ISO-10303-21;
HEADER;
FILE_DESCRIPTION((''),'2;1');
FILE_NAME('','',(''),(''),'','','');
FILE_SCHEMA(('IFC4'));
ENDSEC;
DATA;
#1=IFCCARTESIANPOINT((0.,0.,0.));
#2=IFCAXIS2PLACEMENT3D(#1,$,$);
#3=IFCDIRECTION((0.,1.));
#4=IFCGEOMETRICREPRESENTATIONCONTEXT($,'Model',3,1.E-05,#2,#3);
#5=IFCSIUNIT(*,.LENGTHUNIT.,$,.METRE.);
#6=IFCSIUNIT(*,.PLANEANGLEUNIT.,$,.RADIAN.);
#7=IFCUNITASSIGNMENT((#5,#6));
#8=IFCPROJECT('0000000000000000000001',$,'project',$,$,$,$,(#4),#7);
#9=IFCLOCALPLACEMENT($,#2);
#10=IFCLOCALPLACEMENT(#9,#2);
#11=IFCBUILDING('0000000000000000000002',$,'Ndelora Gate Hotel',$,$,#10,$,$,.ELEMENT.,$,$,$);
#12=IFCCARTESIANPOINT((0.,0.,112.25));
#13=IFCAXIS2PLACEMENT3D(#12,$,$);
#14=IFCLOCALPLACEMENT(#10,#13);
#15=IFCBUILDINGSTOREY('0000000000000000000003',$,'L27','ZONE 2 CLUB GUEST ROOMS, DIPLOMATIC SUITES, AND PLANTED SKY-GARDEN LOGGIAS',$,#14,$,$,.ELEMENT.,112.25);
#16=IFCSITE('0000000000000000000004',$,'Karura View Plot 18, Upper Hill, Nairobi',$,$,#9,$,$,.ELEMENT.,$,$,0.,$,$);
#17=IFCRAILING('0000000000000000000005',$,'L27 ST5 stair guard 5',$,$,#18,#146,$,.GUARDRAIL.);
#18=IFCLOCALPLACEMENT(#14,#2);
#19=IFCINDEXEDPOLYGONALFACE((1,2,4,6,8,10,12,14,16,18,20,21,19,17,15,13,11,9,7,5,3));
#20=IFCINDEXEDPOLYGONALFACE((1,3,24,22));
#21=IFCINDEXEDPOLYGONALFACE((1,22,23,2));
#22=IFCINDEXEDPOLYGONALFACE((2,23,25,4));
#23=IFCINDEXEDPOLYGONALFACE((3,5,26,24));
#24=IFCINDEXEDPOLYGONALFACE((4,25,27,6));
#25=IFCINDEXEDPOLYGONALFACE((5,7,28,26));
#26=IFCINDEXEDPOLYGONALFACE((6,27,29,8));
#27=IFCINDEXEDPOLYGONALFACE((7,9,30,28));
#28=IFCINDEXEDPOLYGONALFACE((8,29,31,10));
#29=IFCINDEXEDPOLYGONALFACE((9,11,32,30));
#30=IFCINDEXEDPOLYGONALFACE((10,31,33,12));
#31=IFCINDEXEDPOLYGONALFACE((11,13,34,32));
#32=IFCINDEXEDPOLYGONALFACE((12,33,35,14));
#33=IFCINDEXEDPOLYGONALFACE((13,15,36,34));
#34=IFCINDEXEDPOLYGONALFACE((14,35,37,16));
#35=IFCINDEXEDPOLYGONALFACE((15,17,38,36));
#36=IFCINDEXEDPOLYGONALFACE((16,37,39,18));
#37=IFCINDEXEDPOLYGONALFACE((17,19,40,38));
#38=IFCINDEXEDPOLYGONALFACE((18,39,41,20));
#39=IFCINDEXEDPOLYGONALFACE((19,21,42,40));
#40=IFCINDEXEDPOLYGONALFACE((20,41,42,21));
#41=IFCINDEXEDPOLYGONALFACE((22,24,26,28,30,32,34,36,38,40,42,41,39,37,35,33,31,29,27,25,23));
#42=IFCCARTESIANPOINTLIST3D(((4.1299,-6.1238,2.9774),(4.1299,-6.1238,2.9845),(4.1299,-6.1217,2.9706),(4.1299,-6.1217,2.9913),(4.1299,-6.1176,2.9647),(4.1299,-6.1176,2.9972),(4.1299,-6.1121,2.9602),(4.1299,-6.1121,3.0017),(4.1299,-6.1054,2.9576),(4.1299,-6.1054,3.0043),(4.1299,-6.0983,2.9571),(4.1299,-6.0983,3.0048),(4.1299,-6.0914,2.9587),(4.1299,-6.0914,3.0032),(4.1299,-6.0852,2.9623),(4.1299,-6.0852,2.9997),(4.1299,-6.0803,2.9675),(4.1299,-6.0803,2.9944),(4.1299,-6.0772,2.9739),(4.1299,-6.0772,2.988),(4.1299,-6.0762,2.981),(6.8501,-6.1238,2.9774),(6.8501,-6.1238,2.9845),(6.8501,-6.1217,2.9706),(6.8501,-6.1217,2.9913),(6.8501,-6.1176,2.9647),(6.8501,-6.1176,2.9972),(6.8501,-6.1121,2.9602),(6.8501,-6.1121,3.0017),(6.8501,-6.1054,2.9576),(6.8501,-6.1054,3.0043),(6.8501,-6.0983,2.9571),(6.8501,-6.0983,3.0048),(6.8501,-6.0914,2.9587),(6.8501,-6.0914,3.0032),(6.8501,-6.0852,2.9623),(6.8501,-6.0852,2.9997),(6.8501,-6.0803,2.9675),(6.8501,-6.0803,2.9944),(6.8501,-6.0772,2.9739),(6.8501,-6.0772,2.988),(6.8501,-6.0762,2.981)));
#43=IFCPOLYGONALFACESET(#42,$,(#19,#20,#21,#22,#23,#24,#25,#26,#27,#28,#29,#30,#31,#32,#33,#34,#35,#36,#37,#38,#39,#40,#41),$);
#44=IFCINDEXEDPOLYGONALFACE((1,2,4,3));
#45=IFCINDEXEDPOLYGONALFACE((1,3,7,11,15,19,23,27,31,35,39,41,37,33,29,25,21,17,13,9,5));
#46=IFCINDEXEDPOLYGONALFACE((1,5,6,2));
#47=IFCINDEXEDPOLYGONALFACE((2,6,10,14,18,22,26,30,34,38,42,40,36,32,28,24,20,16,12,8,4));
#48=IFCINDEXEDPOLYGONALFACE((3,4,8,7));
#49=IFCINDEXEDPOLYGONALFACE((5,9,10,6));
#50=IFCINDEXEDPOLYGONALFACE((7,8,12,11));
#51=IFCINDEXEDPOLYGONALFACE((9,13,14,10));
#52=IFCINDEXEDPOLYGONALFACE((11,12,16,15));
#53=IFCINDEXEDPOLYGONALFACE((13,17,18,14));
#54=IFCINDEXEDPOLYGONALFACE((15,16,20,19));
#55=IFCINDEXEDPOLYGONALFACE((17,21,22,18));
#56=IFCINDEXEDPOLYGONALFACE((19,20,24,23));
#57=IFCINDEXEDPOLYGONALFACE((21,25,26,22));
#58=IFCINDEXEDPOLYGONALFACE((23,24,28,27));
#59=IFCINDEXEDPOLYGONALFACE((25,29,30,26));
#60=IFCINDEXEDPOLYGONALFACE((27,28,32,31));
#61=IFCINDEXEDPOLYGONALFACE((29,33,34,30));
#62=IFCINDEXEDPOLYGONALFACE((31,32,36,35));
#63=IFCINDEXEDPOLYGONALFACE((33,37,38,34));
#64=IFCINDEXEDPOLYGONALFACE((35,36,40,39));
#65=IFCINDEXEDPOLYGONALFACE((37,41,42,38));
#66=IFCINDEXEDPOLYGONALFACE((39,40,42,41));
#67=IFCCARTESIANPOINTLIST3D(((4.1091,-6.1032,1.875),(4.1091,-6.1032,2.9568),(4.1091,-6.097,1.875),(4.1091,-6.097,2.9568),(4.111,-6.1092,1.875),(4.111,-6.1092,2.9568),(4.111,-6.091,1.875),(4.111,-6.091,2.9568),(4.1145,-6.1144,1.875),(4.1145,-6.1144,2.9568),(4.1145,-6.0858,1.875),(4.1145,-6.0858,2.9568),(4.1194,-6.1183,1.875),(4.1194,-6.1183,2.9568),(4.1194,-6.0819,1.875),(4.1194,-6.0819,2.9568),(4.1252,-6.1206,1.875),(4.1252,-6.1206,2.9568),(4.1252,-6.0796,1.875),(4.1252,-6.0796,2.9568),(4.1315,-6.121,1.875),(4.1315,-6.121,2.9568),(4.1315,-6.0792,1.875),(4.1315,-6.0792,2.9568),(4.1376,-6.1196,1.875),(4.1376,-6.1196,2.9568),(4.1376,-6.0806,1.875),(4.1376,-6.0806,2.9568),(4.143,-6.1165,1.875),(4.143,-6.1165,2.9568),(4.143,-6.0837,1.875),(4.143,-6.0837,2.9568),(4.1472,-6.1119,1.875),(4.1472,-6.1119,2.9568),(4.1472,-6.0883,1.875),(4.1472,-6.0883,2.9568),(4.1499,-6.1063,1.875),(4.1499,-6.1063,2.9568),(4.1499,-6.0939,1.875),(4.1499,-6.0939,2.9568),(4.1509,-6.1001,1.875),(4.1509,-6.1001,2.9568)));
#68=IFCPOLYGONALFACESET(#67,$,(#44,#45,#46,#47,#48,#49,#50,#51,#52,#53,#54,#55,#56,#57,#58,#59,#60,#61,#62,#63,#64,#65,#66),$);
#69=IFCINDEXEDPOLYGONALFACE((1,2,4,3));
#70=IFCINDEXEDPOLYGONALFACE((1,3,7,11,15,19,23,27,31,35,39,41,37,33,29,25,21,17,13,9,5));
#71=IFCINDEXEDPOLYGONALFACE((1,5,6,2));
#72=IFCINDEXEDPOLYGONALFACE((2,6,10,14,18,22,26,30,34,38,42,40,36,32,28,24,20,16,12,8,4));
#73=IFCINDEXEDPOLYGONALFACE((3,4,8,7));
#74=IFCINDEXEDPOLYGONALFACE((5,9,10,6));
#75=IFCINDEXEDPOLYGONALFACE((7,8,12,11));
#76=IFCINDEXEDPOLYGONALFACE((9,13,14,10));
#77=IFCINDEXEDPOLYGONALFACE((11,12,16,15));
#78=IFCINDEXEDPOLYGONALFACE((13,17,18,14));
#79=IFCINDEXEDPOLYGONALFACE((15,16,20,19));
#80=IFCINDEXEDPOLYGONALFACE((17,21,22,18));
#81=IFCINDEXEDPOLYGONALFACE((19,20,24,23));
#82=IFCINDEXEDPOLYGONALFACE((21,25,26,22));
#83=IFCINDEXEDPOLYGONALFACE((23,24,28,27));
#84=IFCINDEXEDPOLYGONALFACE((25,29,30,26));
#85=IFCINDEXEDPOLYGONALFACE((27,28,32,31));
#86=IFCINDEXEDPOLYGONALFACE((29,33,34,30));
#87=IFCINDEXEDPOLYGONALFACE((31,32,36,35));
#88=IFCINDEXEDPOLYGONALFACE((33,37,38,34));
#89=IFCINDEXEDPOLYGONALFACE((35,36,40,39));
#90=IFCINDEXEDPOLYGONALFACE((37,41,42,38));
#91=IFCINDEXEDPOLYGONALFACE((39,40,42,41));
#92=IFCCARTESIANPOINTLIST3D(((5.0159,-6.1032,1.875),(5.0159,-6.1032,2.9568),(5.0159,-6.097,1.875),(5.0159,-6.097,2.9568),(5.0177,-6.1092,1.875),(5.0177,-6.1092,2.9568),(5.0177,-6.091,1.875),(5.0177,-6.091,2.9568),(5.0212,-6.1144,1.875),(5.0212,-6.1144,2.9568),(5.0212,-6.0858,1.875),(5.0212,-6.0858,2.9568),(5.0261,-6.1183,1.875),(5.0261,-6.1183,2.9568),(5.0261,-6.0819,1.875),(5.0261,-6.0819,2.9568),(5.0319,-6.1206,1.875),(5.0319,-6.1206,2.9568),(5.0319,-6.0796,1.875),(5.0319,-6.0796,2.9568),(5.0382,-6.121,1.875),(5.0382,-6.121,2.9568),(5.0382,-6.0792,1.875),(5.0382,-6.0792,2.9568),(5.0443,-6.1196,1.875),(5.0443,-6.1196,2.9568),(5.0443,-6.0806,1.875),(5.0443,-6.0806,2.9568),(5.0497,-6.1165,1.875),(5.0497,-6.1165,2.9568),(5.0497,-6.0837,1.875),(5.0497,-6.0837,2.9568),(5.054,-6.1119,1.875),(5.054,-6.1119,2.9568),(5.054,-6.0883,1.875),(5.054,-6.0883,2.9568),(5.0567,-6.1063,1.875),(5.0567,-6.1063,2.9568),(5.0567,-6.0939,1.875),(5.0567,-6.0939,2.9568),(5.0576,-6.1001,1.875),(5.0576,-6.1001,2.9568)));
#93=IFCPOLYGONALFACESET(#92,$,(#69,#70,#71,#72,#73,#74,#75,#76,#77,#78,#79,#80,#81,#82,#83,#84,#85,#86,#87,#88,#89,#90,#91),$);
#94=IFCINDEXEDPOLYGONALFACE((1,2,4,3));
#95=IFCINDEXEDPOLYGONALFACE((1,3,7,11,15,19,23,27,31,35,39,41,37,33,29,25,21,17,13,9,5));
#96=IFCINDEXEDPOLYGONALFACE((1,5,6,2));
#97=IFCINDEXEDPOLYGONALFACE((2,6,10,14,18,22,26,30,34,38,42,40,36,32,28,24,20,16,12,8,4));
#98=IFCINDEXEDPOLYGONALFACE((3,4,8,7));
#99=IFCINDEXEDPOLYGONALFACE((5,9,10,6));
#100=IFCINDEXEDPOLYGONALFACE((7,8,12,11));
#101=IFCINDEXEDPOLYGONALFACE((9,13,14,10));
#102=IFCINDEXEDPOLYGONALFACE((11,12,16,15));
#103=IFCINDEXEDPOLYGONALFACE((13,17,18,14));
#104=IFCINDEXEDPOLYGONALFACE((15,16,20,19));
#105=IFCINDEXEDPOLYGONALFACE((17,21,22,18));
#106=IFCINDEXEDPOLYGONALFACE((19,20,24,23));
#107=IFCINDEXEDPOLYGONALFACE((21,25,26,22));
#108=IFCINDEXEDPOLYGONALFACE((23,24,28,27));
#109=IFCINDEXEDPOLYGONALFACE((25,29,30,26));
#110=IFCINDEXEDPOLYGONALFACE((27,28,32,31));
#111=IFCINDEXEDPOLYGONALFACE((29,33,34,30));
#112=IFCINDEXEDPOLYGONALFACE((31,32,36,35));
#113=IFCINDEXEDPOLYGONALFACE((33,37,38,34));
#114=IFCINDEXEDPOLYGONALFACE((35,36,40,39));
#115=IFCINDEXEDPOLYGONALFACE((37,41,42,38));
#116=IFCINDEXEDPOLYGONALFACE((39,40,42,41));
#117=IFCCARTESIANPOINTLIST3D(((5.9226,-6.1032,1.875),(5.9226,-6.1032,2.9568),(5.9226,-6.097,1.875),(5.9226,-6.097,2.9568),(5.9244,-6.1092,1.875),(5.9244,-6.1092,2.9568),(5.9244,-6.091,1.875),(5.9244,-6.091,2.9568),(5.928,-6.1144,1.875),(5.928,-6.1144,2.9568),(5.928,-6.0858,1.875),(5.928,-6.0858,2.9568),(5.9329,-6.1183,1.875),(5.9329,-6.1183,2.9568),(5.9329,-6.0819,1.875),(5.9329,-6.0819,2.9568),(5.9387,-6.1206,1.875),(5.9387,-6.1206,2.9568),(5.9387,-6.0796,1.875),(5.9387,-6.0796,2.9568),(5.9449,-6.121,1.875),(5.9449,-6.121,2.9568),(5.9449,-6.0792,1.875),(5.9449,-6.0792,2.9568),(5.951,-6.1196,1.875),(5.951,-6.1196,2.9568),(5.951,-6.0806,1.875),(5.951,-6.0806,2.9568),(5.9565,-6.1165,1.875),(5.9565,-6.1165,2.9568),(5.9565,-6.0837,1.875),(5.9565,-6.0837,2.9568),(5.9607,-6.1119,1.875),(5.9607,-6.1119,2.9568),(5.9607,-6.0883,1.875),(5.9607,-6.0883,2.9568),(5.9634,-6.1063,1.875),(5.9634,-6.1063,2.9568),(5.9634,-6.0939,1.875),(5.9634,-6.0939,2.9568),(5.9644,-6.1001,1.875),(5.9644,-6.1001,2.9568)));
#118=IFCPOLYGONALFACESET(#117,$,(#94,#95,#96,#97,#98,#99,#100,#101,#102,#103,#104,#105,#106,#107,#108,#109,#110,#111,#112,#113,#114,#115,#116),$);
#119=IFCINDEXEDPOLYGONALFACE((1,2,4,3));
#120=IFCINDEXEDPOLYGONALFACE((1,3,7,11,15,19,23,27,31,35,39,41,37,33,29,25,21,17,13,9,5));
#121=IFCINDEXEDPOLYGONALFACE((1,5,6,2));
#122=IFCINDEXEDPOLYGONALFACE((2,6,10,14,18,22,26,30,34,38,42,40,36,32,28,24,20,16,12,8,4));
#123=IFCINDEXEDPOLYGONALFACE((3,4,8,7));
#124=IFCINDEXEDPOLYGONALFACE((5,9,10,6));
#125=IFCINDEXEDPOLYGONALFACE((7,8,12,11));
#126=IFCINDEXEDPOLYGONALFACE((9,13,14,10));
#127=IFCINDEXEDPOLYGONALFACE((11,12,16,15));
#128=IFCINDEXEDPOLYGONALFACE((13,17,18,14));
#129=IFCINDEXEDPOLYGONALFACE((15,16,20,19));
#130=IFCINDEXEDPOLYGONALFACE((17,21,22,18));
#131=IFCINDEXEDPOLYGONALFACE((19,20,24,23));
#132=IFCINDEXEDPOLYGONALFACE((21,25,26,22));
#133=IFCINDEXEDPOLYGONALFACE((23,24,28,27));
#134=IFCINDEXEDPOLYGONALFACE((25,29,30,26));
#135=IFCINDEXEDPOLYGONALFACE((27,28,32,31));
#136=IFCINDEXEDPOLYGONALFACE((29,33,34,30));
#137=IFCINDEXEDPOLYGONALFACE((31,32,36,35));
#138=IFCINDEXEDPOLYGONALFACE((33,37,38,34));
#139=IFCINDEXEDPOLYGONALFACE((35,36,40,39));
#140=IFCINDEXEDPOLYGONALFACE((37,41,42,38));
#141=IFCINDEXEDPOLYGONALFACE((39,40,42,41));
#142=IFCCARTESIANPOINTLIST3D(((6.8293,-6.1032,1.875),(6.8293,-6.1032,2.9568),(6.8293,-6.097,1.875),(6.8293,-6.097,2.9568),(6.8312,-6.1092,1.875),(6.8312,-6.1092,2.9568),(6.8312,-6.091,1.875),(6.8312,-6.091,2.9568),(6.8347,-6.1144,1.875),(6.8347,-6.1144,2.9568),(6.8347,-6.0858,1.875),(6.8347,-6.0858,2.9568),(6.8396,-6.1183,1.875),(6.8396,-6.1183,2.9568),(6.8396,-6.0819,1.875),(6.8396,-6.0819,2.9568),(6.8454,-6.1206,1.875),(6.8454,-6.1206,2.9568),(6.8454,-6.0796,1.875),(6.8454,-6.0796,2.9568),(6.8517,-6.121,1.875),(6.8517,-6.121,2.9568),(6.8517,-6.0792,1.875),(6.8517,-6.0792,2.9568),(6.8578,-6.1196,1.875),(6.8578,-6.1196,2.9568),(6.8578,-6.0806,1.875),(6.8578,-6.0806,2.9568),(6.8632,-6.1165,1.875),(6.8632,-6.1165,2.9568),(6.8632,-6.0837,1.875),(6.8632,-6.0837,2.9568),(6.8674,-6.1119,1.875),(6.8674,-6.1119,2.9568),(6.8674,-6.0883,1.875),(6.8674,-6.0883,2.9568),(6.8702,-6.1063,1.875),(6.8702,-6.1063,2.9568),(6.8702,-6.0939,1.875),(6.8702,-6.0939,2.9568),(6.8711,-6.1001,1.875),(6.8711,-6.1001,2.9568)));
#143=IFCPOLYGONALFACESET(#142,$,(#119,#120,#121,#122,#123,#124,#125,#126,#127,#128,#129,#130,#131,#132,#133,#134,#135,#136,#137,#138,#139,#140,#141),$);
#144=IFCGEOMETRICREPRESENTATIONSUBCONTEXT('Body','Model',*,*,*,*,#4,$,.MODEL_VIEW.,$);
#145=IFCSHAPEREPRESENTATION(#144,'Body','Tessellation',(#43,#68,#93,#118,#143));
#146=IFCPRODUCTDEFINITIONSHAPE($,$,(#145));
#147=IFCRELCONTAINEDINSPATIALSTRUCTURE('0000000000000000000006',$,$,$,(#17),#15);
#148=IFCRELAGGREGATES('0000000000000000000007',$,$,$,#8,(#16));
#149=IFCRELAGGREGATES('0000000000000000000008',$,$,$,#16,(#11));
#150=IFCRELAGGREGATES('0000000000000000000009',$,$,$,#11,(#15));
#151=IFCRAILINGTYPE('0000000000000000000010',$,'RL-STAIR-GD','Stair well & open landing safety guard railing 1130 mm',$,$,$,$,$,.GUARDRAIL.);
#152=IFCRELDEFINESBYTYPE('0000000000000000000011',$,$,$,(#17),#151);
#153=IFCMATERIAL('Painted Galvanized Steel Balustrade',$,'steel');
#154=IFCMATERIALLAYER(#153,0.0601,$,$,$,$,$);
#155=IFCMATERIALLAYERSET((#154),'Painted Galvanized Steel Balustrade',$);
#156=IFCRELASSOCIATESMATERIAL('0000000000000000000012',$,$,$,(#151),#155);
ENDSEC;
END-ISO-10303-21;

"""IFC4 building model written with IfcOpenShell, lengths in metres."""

from ifc_helpers import new_model, si_unit, direction, frame, origin, origin_2d, place, context, subcontext, project, spatial, circle, extrude, material, layer, layer_set, type_object, element, save


model = new_model("IFC4")

# Units and contexts
model_context = context("Model", 3, precision=1e-05, world=origin(), true_north=direction((0.0, 1.0)))
body_context = subcontext(model_context, "Body", "Model", "MODEL_VIEW")
ifc_project = project(units=[si_unit("LENGTHUNIT", "METRE"), si_unit("PLANEANGLEUNIT", "RADIAN")], contexts=[model_context])

# Site, building, storey
site_placement = place(None, origin())
site = spatial("IfcSite", under=ifc_project, at=site_placement, Name="Karura View Plot 18, Upper Hill, Nairobi", CompositionType="ELEMENT", RefElevation=0.0)
building_placement = place(site_placement, origin())
building = spatial("IfcBuilding", under=site, at=building_placement, Name="Ndelora Gate Hotel", CompositionType="ELEMENT")
storey_placement = place(building_placement, frame((0.0, 0.0, 112.25)))
storey = spatial("IfcBuildingStorey", under=building, at=storey_placement, Name="L27", Description="ZONE 2 CLUB GUEST ROOMS, DIPLOMATIC SUITES, AND PLANTED SKY-GARDEN LOGGIAS", CompositionType="ELEMENT", Elevation=112.25)

# Railing
ifc_material_1 = material(Name="Painted Galvanized Steel Balustrade", Category="steel")
ifc_layer_1 = layer(ifc_material_1, 0.0601)
ifc_layer_set_1 = layer_set([ifc_layer_1], Name="Painted Galvanized Steel Balustrade")
railing_type_1 = type_object("IfcRailingType", Name="RL-STAIR-GD", Description="Stair well & open landing safety guard railing 1130 mm", PredefinedType="GUARDRAIL", material=ifc_layer_set_1)
railing_1_placement = place(storey_placement, frame((4.1299, -6.1001, 1.875)))
element("IfcRailing", 1, at=railing_1_placement, inside=storey, type_object=railing_type_1, Name="L27 ST5 stair guard 5", PredefinedType="GUARDRAIL", context=body_context, shape_type="SweptSolid", body=[
    extrude(circle(Radius=0.0239, at=origin_2d()), frame((0.0, 0.0, 1.106), z_axis=(1.0, 0.0, 0.0), x_axis=(0.0, 1.0, 0.0)), (0.0, 0.0, 1.0), 2.7202),
    extrude(circle(Radius=0.021, at=origin_2d()), origin(), (0.0, 0.0, 1.0), 1.0818),
    extrude(circle(Radius=0.021, at=origin_2d()), frame((0.9067, 0.0, 0.0)), (0.0, 0.0, 1.0), 1.0818),
    extrude(circle(Radius=0.021, at=origin_2d()), frame((1.8135, 0.0, 0.0)), (0.0, 0.0, 1.0), 1.0818),
    extrude(circle(Radius=0.021, at=origin_2d()), frame((2.7202, 0.0, 0.0)), (0.0, 0.0, 1.0), 1.0818),
])

save(model, "model.ifc")
